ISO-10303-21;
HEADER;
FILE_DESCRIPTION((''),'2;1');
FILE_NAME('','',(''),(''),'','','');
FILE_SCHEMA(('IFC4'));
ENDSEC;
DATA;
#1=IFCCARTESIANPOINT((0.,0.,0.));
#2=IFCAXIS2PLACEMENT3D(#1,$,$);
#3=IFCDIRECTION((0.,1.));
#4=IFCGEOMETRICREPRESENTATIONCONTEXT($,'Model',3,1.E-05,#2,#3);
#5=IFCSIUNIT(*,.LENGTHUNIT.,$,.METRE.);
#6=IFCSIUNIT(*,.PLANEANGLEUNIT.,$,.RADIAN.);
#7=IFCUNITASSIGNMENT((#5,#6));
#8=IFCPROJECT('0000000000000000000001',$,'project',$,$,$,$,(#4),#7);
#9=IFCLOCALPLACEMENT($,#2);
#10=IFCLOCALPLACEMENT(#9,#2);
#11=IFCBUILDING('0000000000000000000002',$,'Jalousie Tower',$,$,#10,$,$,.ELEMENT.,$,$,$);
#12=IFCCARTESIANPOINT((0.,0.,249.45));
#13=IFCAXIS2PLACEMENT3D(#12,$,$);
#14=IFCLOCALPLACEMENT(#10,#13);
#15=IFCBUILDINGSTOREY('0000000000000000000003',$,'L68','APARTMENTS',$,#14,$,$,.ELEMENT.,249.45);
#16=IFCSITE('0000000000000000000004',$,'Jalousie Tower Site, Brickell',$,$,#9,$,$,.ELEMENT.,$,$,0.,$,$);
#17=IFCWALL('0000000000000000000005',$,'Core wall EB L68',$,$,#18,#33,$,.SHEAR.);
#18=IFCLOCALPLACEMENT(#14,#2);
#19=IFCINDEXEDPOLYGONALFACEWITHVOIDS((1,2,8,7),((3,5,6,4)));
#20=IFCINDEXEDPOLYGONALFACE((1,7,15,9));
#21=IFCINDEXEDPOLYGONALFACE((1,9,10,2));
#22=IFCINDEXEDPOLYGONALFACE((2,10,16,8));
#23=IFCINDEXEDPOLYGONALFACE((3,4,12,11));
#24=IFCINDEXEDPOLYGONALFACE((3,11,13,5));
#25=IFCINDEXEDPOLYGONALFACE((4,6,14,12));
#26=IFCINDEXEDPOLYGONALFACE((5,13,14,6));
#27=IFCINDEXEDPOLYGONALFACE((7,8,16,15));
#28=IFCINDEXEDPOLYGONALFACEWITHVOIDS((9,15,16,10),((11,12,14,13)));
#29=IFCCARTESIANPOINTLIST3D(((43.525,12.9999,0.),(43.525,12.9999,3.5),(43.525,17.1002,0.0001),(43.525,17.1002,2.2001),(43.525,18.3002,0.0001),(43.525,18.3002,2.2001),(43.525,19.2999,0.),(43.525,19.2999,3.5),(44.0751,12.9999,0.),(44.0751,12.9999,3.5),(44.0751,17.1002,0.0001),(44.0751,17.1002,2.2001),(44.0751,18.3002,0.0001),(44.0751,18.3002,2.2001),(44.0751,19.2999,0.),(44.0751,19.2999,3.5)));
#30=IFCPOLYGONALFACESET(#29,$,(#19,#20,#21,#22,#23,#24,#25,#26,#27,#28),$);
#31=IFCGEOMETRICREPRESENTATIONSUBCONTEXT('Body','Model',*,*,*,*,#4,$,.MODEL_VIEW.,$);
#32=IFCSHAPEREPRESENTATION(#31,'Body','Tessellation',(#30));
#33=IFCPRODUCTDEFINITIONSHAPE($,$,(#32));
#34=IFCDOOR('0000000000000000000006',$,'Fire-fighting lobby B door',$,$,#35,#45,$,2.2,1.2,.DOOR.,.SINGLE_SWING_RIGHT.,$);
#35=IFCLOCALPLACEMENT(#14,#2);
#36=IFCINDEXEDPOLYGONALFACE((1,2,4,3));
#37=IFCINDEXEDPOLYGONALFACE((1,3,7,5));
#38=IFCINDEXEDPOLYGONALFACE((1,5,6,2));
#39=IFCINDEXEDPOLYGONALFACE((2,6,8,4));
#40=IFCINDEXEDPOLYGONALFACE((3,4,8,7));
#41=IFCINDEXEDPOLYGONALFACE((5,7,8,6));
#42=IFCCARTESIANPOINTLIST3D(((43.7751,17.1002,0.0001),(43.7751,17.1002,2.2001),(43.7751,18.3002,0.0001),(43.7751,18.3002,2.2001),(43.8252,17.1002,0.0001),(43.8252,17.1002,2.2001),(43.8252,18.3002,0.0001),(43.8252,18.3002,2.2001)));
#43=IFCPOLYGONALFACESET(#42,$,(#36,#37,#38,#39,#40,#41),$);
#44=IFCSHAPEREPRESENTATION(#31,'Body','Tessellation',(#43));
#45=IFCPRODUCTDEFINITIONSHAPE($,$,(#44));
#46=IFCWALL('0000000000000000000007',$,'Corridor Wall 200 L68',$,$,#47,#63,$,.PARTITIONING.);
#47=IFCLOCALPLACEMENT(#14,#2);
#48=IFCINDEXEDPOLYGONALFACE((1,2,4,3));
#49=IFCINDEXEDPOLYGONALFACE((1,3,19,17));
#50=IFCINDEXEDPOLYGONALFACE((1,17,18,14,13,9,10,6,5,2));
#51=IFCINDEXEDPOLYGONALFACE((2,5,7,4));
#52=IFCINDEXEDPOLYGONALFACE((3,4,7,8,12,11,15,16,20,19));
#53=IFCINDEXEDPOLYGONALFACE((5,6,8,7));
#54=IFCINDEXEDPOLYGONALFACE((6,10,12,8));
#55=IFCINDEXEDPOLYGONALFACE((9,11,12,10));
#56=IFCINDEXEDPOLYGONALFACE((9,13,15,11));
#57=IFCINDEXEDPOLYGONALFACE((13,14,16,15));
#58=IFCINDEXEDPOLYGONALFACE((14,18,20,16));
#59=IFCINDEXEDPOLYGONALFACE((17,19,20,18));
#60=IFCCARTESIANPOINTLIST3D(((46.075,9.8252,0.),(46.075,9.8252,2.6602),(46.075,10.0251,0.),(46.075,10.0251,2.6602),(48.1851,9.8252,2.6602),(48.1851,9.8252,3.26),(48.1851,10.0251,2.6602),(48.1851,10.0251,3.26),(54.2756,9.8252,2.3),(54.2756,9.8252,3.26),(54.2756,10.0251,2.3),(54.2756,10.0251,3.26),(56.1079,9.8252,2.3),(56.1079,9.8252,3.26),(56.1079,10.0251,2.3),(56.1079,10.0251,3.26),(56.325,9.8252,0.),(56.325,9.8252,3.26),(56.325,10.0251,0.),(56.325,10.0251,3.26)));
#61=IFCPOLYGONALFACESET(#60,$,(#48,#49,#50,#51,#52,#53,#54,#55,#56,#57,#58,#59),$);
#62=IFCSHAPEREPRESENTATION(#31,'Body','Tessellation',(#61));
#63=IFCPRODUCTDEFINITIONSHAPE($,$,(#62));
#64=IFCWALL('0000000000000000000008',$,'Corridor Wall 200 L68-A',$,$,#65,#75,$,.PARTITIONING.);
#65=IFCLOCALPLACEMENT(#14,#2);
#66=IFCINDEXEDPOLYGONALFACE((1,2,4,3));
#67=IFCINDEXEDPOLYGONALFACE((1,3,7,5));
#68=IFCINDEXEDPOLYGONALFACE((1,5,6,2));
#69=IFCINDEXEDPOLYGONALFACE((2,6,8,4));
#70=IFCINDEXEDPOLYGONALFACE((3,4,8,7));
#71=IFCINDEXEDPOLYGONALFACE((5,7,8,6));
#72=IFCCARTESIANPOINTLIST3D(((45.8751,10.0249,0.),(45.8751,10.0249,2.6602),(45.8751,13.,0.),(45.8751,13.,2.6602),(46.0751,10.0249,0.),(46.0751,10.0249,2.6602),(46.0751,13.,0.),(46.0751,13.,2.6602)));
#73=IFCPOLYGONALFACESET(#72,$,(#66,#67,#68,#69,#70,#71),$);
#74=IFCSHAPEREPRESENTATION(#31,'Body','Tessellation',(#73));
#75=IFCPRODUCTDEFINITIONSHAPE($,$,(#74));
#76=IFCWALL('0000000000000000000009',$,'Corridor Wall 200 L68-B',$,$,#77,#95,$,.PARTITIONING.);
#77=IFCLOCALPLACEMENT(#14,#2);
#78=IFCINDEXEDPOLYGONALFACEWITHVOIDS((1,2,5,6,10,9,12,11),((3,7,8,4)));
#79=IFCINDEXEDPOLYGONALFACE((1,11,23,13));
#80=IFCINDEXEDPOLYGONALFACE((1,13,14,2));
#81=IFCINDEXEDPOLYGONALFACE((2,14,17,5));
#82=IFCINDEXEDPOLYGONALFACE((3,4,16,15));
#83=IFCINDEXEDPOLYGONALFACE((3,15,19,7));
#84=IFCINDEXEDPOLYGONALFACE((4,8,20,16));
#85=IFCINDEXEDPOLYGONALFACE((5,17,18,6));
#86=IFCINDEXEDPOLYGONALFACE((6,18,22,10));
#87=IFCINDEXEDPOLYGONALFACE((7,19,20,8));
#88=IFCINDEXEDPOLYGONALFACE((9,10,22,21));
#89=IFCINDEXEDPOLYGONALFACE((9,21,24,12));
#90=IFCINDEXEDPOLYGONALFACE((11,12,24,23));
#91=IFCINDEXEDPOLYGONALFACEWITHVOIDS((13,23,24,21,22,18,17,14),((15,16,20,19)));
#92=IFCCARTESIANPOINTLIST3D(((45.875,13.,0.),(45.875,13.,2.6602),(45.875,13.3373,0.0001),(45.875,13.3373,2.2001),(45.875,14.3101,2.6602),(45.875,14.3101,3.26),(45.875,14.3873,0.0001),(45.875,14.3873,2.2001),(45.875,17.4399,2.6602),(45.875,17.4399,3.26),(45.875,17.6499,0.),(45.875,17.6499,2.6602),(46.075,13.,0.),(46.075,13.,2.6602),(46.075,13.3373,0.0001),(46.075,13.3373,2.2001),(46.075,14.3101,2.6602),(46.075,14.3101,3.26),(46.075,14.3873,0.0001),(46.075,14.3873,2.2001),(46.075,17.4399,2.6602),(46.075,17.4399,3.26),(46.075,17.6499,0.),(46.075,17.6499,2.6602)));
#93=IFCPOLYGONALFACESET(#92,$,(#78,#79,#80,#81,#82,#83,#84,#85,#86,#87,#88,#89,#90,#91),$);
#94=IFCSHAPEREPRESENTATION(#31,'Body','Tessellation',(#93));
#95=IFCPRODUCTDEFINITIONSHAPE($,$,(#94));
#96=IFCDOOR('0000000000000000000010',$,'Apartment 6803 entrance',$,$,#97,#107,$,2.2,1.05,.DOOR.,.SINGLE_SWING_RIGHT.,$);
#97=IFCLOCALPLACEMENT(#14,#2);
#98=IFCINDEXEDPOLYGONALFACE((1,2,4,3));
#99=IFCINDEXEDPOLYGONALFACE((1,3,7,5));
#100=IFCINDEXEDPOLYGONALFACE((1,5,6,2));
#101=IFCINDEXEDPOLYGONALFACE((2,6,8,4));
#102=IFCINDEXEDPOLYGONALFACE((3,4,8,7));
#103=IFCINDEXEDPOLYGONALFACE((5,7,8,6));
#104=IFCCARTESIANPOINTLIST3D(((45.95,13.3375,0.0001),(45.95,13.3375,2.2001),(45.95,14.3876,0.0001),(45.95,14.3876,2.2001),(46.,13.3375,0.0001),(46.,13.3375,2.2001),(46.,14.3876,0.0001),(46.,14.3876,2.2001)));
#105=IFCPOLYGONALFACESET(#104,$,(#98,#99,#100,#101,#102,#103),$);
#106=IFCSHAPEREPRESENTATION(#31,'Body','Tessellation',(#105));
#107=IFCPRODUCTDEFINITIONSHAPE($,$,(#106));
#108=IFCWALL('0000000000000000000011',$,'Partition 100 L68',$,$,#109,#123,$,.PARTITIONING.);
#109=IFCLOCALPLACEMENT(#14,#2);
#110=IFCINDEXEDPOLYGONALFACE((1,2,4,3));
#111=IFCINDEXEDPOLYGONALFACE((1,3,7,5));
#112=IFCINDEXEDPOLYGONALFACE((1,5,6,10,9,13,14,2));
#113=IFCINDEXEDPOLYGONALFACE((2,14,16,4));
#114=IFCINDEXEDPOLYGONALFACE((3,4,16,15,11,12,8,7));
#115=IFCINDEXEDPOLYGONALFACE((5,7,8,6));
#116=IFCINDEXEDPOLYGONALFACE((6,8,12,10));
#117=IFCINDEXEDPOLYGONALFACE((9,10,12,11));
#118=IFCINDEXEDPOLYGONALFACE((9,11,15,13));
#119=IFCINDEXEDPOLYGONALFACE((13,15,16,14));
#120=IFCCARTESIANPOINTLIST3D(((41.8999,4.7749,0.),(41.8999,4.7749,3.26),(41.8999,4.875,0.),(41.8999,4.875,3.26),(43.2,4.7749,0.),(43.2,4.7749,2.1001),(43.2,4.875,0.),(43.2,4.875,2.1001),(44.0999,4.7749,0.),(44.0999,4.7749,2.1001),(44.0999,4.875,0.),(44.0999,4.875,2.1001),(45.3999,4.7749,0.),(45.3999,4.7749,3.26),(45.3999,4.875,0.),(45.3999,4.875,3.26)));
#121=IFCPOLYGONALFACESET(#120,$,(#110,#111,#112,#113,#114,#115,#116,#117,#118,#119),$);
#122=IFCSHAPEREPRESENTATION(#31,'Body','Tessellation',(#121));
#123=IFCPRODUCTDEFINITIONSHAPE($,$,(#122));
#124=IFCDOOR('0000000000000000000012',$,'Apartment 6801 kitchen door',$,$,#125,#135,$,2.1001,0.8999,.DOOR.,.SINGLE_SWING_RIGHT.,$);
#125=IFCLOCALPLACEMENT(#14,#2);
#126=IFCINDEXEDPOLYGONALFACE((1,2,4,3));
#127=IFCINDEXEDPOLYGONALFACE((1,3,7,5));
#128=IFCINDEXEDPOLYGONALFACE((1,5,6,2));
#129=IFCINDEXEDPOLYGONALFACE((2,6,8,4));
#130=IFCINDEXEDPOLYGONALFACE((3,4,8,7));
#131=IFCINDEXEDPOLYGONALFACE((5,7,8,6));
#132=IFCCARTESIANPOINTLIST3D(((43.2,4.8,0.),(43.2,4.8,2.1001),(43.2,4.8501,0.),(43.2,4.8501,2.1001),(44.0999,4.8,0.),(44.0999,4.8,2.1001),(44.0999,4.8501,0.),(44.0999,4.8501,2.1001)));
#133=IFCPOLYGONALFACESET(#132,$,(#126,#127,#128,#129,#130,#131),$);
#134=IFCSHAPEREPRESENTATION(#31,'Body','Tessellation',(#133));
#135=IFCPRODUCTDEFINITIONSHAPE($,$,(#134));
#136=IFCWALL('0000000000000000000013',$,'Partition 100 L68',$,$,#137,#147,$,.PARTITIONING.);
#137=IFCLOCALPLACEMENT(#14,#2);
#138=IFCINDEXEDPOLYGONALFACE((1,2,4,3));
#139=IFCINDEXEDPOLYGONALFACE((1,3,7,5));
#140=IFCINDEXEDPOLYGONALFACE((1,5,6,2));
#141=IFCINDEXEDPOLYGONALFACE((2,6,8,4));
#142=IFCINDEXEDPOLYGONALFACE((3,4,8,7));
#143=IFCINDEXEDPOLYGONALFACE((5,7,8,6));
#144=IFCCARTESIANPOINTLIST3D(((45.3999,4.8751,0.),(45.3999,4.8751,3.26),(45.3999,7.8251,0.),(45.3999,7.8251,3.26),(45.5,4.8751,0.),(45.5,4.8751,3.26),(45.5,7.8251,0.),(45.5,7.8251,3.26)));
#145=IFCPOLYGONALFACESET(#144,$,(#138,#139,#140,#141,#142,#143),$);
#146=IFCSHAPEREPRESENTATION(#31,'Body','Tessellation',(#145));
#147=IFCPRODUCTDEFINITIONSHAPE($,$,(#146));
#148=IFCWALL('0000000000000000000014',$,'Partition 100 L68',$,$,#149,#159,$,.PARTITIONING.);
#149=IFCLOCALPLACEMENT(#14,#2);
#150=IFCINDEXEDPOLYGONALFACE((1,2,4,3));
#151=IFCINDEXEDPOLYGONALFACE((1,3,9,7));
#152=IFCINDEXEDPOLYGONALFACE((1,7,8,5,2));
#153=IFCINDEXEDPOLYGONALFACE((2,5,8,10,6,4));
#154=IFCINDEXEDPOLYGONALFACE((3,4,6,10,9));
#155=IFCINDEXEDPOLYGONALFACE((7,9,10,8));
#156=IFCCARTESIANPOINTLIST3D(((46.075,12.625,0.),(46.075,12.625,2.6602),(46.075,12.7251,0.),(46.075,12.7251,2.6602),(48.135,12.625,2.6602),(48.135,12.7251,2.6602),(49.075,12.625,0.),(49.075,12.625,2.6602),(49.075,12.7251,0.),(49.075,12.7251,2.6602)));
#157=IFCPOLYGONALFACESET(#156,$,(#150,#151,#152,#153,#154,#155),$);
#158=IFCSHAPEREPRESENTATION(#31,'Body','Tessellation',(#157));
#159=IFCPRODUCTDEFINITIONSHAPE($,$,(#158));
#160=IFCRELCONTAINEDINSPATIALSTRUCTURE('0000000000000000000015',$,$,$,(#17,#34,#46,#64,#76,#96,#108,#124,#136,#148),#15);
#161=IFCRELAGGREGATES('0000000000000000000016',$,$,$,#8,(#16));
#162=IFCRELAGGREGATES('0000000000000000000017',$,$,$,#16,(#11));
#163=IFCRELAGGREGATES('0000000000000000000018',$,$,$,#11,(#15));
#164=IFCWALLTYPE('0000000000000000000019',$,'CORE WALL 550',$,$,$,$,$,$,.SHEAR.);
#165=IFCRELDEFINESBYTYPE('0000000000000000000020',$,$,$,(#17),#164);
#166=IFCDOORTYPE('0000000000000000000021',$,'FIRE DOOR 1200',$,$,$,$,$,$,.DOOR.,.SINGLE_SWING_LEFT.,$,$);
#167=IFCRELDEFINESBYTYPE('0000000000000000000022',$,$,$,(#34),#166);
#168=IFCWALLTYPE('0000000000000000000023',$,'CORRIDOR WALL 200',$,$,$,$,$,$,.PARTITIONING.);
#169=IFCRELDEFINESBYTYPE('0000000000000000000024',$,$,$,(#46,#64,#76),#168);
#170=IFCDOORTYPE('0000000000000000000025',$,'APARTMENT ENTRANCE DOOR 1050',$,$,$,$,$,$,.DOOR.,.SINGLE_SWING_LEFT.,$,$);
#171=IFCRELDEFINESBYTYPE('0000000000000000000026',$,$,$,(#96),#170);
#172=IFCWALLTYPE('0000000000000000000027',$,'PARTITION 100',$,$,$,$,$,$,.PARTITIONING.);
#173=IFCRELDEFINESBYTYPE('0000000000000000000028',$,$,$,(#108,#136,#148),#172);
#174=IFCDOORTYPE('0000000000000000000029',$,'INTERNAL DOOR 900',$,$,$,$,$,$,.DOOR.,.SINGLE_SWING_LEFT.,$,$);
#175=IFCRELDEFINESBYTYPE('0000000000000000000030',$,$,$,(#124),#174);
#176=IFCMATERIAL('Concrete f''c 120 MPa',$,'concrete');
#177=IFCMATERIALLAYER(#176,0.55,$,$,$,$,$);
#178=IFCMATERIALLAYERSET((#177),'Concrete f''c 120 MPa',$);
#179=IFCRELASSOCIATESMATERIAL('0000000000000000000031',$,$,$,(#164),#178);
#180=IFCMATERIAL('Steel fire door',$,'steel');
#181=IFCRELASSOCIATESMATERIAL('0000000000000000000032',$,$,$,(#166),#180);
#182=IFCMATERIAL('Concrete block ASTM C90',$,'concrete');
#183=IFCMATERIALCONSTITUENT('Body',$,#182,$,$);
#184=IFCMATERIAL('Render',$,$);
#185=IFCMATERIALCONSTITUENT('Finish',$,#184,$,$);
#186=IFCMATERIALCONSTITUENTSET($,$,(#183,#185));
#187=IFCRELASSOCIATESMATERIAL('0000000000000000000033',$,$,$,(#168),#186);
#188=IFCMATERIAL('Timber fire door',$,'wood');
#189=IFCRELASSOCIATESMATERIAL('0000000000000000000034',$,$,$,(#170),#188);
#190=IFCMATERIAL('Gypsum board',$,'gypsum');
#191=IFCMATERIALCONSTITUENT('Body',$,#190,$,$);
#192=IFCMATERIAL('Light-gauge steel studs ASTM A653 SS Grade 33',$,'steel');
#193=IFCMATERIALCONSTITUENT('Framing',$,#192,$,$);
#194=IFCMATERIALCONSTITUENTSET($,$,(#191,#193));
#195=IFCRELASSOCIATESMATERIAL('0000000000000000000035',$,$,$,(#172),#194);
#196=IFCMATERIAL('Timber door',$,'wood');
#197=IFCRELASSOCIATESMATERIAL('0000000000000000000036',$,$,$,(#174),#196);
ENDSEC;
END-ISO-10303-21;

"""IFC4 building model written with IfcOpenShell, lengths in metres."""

from ifc_helpers import new_model, si_unit, direction, frame, frame_2d, origin, place, context, subcontext, project, spatial, polyline, rectangle, outline, extrude, material, layer, layer_set, constituent, constituent_set, type_object, element, fill, save


model = new_model("IFC4")

# Units and contexts
model_context = context("Model", 3, precision=1e-05, world=origin(), true_north=direction((0.0, 1.0)))
body_context = subcontext(model_context, "Body", "Model", "MODEL_VIEW")
ifc_project = project(units=[si_unit("LENGTHUNIT", "METRE"), si_unit("PLANEANGLEUNIT", "RADIAN")], contexts=[model_context])

# Site, building, storey
site_placement = place(None, origin())
site = spatial("IfcSite", under=ifc_project, at=site_placement, Name="Jalousie Tower Site, Brickell", CompositionType="ELEMENT", RefElevation=0.0)
building_placement = place(site_placement, origin())
building = spatial("IfcBuilding", under=site, at=building_placement, Name="Jalousie Tower", CompositionType="ELEMENT")
storey_placement = place(building_placement, frame((0.0, 0.0, 249.45)))
storey = spatial("IfcBuildingStorey", under=building, at=storey_placement, Name="L68", Description="APARTMENTS", CompositionType="ELEMENT", Elevation=249.45)

# Shared definitions
ifc_material_1 = material(Name="Concrete f'c 120 MPa", Category="concrete")
ifc_layer_1 = layer(ifc_material_1, 0.55)
ifc_layer_set_1 = layer_set([ifc_layer_1], Name="Concrete f'c 120 MPa")
wall_type_1 = type_object("IfcWallType", Name="CORE WALL 550", PredefinedType="SHEAR", material=ifc_layer_set_1)

# Wall, opening, door
wall_1_placement = place(storey_placement, frame((43.8, 13.0, 0.0), z_axis=(0.0, 0.0, 1.0), x_axis=(0.0, 1.0, 0.0)))
wall_1 = element("IfcWall", 1, at=wall_1_placement, inside=storey, type_object=wall_type_1, Name="Core wall EB L68", PredefinedType="SHEAR", context=body_context, shape_type="SweptSolid", body=[
    extrude(rectangle(XDim=6.3, YDim=0.55, at=frame_2d((3.1499, 0.0))), origin(), (0.0, 0.0, 1.0), 3.5),
])
opening_1_placement = place(wall_1_placement, frame((4.1001, 0.0, 0.0)))
opening_1 = element("IfcOpeningElement", 2, at=opening_1_placement, cuts=wall_1, PredefinedType="OPENING", context=body_context, shape_type="SweptSolid", body=[
    extrude(rectangle(XDim=1.2, YDim=2.2, at=frame_2d((0.6001, 1.1001))), frame((0.0, 0.2849, 0.0), z_axis=(0.0, -1.0, 0.0), x_axis=(1.0, 0.0, 0.0)), (0.0, 0.0, 1.0), 0.5701),
])
ifc_material_2 = material(Name="Steel fire door", Category="steel")
door_type_1 = type_object("IfcDoorType", Name="FIRE DOOR 1200", OperationType="SINGLE_SWING_LEFT", PredefinedType="DOOR", material=ifc_material_2)
door_1_placement = place(opening_1_placement, origin())
door_1 = element("IfcDoor", 3, at=door_1_placement, inside=storey, type_object=door_type_1, Name="Fire-fighting lobby B door", OperationType="SINGLE_SWING_RIGHT", OverallHeight=2.2, OverallWidth=1.2, PredefinedType="DOOR", context=body_context, shape_type="SweptSolid", body=[
    extrude(rectangle(XDim=1.2, YDim=2.2, at=frame_2d((0.6001, 1.1001))), frame((0.0, 0.0249, 0.0), z_axis=(0.0, -1.0, 0.0), x_axis=(1.0, 0.0, 0.0)), (0.0, 0.0, 1.0), 0.05),
])
fill(opening_1, door_1)

# Walls
ifc_material_3 = material(Name="Concrete block ASTM C90", Category="concrete")
ifc_constituent_1 = constituent(ifc_material_3, Name="Body")
ifc_material_4 = material(Name="Render")
ifc_constituent_2 = constituent(ifc_material_4, Name="Finish")
ifc_constituent_set_1 = constituent_set(constituents=[ifc_constituent_1, ifc_constituent_2])
wall_type_2 = type_object("IfcWallType", Name="CORRIDOR WALL 200", PredefinedType="PARTITIONING", material=ifc_constituent_set_1)
wall_2_placement = place(storey_placement, frame((46.075, 9.925, 0.0), z_axis=(0.0, 0.0, 1.0), x_axis=(1.0, 0.0, 0.0)))
element("IfcWall", 4, at=wall_2_placement, inside=storey, type_object=wall_type_2, Name="Corridor Wall 200 L68", PredefinedType="PARTITIONING", context=body_context, shape_type="SweptSolid", body=[
    extrude(outline(polyline([(0.0, 0.0), (10.25, 0.0), (10.25, 3.26), (10.033, 3.26), (10.033, 2.3), (8.2007, 2.3), (8.2007, 3.26), (2.1101, 3.26), (2.1101, 2.6602), (0.0, 2.6602), (0.0, 3.26), (0.0, 0.0)])), frame((0.0, 0.1001, 0.0), z_axis=(0.0, -1.0, 0.0), x_axis=(1.0, 0.0, 0.0)), (0.0, 0.0, 1.0), 0.2),
])
wall_3_placement = place(storey_placement, frame((45.9751, 10.0249, 0.0), z_axis=(0.0, 0.0, 1.0), x_axis=(0.0, 1.0, 0.0)))
element("IfcWall", 5, at=wall_3_placement, inside=storey, type_object=wall_type_2, Name="Corridor Wall 200 L68-A", PredefinedType="PARTITIONING", context=body_context, shape_type="SweptSolid", body=[
    extrude(rectangle(XDim=2.9751, YDim=0.2, at=frame_2d((1.4875, 0.0))), origin(), (0.0, 0.0, 1.0), 2.6602),
])

# Walls, openings, doors
wall_4_placement = place(storey_placement, frame((45.9751, 13.0, 0.0), z_axis=(0.0, 0.0, 1.0), x_axis=(0.0, 1.0, 0.0)))
wall_4 = element("IfcWall", 6, at=wall_4_placement, inside=storey, type_object=wall_type_2, Name="Corridor Wall 200 L68-B", PredefinedType="PARTITIONING", context=body_context, shape_type="SweptSolid", body=[
    extrude(outline(polyline([(0.0, 0.0), (4.6499, 0.0), (4.6499, 2.6602), (4.4399, 2.6602), (4.4399, 3.26), (1.3101, 3.26), (1.3101, 2.6602), (0.0, 2.6602), (0.0, 0.0)])), frame((0.0, 0.1001, 0.0), z_axis=(0.0, -1.0, 0.0), x_axis=(1.0, 0.0, 0.0)), (0.0, 0.0, 1.0), 0.2),
])
opening_2_placement = place(wall_4_placement, frame((0.3374, 0.0, 0.0)))
opening_2 = element("IfcOpeningElement", 7, at=opening_2_placement, cuts=wall_4, PredefinedType="OPENING", context=body_context, shape_type="SweptSolid", body=[
    extrude(rectangle(XDim=1.05, YDim=2.2, at=frame_2d((0.5249, 1.1001))), frame((0.0, 0.1099, 0.0), z_axis=(0.0, -1.0, 0.0), x_axis=(1.0, 0.0, 0.0)), (0.0, 0.0, 1.0), 0.22),
])
ifc_material_5 = material(Name="Timber fire door", Category="wood")
door_type_2 = type_object("IfcDoorType", Name="APARTMENT ENTRANCE DOOR 1050", OperationType="SINGLE_SWING_LEFT", PredefinedType="DOOR", material=ifc_material_5)
door_2_placement = place(opening_2_placement, frame((1.05, 0.0, 0.0), z_axis=(0.0, 0.0, 1.0), x_axis=(-1.0, 0.0, 0.0)))
door_2 = element("IfcDoor", 8, at=door_2_placement, inside=storey, type_object=door_type_2, Name="Apartment 6803 entrance", OperationType="SINGLE_SWING_RIGHT", OverallHeight=2.2, OverallWidth=1.05, PredefinedType="DOOR", context=body_context, shape_type="SweptSolid", body=[
    extrude(rectangle(XDim=1.05, YDim=2.2, at=frame_2d((0.5249, 1.1001))), frame((0.0, 0.0249, 0.0), z_axis=(0.0, -1.0, 0.0), x_axis=(1.0, 0.0, 0.0)), (0.0, 0.0, 1.0), 0.05),
])
fill(opening_2, door_2)
ifc_material_6 = material(Name="Gypsum board", Category="gypsum")
ifc_constituent_3 = constituent(ifc_material_6, Name="Body")
ifc_material_7 = material(Name="Light-gauge steel studs ASTM A653 SS Grade 33", Category="steel")
ifc_constituent_4 = constituent(ifc_material_7, Name="Framing")
ifc_constituent_set_2 = constituent_set(constituents=[ifc_constituent_3, ifc_constituent_4])
wall_type_3 = type_object("IfcWallType", Name="PARTITION 100", PredefinedType="PARTITIONING", material=ifc_constituent_set_2)
wall_5_placement = place(storey_placement, frame((41.8999, 4.825, 0.0), z_axis=(0.0, 0.0, 1.0), x_axis=(1.0, 0.0, 0.0)))
wall_5 = element("IfcWall", 9, at=wall_5_placement, inside=storey, type_object=wall_type_3, Name="Partition 100 L68", PredefinedType="PARTITIONING", context=body_context, shape_type="SweptSolid", body=[
    extrude(rectangle(XDim=3.5, YDim=0.1001, at=frame_2d((1.75, 0.0))), origin(), (0.0, 0.0, 1.0), 3.26),
])
opening_3_placement = place(wall_5_placement, frame((1.3, 0.0, 0.0)))
opening_3 = element("IfcOpeningElement", 10, at=opening_3_placement, cuts=wall_5, PredefinedType="OPENING", context=body_context, shape_type="SweptSolid", body=[
    extrude(rectangle(XDim=0.8999, YDim=2.1001, at=frame_2d((0.45, 1.05))), frame((0.0, 0.0601, 0.0), z_axis=(0.0, -1.0, 0.0), x_axis=(1.0, 0.0, 0.0)), (0.0, 0.0, 1.0), 0.1201),
])
ifc_material_8 = material(Name="Timber door", Category="wood")
door_type_3 = type_object("IfcDoorType", Name="INTERNAL DOOR 900", OperationType="SINGLE_SWING_LEFT", PredefinedType="DOOR", material=ifc_material_8)
door_3_placement = place(opening_3_placement, frame((0.8999, 0.0, 0.0), z_axis=(0.0, 0.0, 1.0), x_axis=(-1.0, 0.0, 0.0)))
door_3 = element("IfcDoor", 11, at=door_3_placement, inside=storey, type_object=door_type_3, Name="Apartment 6801 kitchen door", OperationType="SINGLE_SWING_RIGHT", OverallHeight=2.1001, OverallWidth=0.8999, PredefinedType="DOOR", context=body_context, shape_type="SweptSolid", body=[
    extrude(rectangle(XDim=0.8999, YDim=2.1001, at=frame_2d((0.45, 1.05))), frame((0.0, 0.0249, 0.0), z_axis=(0.0, -1.0, 0.0), x_axis=(1.0, 0.0, 0.0)), (0.0, 0.0, 1.0), 0.05),
])
fill(opening_3, door_3)

# Walls
wall_6_placement = place(storey_placement, frame((45.45, 4.875, 0.0), z_axis=(0.0, 0.0, 1.0), x_axis=(0.0, 1.0, 0.0)))
element("IfcWall", 12, at=wall_6_placement, inside=storey, type_object=wall_type_3, Name="Partition 100 L68", PredefinedType="PARTITIONING", context=body_context, shape_type="SweptSolid", body=[
    extrude(rectangle(XDim=2.95, YDim=0.1001, at=frame_2d((1.4751, 0.0))), origin(), (0.0, 0.0, 1.0), 3.26),
])
wall_7_placement = place(storey_placement, frame((46.075, 12.675, 0.0), z_axis=(0.0, 0.0, 1.0), x_axis=(1.0, 0.0, 0.0)))
element("IfcWall", 13, at=wall_7_placement, inside=storey, type_object=wall_type_3, Name="Partition 100 L68", PredefinedType="PARTITIONING", context=body_context, shape_type="SweptSolid", body=[
    extrude(outline(polyline([(0.0, 0.0), (3.0, 0.0), (3.0, 3.26), (3.0, 2.6602), (2.0601, 2.6602), (0.0, 2.6602), (0.0, 3.26), (0.0, 0.0)])), frame((0.0, 0.05, 0.0), z_axis=(0.0, -1.0, 0.0), x_axis=(1.0, 0.0, 0.0)), (0.0, 0.0, 1.0), 0.1001),
])

save(model, "model.ifc")
